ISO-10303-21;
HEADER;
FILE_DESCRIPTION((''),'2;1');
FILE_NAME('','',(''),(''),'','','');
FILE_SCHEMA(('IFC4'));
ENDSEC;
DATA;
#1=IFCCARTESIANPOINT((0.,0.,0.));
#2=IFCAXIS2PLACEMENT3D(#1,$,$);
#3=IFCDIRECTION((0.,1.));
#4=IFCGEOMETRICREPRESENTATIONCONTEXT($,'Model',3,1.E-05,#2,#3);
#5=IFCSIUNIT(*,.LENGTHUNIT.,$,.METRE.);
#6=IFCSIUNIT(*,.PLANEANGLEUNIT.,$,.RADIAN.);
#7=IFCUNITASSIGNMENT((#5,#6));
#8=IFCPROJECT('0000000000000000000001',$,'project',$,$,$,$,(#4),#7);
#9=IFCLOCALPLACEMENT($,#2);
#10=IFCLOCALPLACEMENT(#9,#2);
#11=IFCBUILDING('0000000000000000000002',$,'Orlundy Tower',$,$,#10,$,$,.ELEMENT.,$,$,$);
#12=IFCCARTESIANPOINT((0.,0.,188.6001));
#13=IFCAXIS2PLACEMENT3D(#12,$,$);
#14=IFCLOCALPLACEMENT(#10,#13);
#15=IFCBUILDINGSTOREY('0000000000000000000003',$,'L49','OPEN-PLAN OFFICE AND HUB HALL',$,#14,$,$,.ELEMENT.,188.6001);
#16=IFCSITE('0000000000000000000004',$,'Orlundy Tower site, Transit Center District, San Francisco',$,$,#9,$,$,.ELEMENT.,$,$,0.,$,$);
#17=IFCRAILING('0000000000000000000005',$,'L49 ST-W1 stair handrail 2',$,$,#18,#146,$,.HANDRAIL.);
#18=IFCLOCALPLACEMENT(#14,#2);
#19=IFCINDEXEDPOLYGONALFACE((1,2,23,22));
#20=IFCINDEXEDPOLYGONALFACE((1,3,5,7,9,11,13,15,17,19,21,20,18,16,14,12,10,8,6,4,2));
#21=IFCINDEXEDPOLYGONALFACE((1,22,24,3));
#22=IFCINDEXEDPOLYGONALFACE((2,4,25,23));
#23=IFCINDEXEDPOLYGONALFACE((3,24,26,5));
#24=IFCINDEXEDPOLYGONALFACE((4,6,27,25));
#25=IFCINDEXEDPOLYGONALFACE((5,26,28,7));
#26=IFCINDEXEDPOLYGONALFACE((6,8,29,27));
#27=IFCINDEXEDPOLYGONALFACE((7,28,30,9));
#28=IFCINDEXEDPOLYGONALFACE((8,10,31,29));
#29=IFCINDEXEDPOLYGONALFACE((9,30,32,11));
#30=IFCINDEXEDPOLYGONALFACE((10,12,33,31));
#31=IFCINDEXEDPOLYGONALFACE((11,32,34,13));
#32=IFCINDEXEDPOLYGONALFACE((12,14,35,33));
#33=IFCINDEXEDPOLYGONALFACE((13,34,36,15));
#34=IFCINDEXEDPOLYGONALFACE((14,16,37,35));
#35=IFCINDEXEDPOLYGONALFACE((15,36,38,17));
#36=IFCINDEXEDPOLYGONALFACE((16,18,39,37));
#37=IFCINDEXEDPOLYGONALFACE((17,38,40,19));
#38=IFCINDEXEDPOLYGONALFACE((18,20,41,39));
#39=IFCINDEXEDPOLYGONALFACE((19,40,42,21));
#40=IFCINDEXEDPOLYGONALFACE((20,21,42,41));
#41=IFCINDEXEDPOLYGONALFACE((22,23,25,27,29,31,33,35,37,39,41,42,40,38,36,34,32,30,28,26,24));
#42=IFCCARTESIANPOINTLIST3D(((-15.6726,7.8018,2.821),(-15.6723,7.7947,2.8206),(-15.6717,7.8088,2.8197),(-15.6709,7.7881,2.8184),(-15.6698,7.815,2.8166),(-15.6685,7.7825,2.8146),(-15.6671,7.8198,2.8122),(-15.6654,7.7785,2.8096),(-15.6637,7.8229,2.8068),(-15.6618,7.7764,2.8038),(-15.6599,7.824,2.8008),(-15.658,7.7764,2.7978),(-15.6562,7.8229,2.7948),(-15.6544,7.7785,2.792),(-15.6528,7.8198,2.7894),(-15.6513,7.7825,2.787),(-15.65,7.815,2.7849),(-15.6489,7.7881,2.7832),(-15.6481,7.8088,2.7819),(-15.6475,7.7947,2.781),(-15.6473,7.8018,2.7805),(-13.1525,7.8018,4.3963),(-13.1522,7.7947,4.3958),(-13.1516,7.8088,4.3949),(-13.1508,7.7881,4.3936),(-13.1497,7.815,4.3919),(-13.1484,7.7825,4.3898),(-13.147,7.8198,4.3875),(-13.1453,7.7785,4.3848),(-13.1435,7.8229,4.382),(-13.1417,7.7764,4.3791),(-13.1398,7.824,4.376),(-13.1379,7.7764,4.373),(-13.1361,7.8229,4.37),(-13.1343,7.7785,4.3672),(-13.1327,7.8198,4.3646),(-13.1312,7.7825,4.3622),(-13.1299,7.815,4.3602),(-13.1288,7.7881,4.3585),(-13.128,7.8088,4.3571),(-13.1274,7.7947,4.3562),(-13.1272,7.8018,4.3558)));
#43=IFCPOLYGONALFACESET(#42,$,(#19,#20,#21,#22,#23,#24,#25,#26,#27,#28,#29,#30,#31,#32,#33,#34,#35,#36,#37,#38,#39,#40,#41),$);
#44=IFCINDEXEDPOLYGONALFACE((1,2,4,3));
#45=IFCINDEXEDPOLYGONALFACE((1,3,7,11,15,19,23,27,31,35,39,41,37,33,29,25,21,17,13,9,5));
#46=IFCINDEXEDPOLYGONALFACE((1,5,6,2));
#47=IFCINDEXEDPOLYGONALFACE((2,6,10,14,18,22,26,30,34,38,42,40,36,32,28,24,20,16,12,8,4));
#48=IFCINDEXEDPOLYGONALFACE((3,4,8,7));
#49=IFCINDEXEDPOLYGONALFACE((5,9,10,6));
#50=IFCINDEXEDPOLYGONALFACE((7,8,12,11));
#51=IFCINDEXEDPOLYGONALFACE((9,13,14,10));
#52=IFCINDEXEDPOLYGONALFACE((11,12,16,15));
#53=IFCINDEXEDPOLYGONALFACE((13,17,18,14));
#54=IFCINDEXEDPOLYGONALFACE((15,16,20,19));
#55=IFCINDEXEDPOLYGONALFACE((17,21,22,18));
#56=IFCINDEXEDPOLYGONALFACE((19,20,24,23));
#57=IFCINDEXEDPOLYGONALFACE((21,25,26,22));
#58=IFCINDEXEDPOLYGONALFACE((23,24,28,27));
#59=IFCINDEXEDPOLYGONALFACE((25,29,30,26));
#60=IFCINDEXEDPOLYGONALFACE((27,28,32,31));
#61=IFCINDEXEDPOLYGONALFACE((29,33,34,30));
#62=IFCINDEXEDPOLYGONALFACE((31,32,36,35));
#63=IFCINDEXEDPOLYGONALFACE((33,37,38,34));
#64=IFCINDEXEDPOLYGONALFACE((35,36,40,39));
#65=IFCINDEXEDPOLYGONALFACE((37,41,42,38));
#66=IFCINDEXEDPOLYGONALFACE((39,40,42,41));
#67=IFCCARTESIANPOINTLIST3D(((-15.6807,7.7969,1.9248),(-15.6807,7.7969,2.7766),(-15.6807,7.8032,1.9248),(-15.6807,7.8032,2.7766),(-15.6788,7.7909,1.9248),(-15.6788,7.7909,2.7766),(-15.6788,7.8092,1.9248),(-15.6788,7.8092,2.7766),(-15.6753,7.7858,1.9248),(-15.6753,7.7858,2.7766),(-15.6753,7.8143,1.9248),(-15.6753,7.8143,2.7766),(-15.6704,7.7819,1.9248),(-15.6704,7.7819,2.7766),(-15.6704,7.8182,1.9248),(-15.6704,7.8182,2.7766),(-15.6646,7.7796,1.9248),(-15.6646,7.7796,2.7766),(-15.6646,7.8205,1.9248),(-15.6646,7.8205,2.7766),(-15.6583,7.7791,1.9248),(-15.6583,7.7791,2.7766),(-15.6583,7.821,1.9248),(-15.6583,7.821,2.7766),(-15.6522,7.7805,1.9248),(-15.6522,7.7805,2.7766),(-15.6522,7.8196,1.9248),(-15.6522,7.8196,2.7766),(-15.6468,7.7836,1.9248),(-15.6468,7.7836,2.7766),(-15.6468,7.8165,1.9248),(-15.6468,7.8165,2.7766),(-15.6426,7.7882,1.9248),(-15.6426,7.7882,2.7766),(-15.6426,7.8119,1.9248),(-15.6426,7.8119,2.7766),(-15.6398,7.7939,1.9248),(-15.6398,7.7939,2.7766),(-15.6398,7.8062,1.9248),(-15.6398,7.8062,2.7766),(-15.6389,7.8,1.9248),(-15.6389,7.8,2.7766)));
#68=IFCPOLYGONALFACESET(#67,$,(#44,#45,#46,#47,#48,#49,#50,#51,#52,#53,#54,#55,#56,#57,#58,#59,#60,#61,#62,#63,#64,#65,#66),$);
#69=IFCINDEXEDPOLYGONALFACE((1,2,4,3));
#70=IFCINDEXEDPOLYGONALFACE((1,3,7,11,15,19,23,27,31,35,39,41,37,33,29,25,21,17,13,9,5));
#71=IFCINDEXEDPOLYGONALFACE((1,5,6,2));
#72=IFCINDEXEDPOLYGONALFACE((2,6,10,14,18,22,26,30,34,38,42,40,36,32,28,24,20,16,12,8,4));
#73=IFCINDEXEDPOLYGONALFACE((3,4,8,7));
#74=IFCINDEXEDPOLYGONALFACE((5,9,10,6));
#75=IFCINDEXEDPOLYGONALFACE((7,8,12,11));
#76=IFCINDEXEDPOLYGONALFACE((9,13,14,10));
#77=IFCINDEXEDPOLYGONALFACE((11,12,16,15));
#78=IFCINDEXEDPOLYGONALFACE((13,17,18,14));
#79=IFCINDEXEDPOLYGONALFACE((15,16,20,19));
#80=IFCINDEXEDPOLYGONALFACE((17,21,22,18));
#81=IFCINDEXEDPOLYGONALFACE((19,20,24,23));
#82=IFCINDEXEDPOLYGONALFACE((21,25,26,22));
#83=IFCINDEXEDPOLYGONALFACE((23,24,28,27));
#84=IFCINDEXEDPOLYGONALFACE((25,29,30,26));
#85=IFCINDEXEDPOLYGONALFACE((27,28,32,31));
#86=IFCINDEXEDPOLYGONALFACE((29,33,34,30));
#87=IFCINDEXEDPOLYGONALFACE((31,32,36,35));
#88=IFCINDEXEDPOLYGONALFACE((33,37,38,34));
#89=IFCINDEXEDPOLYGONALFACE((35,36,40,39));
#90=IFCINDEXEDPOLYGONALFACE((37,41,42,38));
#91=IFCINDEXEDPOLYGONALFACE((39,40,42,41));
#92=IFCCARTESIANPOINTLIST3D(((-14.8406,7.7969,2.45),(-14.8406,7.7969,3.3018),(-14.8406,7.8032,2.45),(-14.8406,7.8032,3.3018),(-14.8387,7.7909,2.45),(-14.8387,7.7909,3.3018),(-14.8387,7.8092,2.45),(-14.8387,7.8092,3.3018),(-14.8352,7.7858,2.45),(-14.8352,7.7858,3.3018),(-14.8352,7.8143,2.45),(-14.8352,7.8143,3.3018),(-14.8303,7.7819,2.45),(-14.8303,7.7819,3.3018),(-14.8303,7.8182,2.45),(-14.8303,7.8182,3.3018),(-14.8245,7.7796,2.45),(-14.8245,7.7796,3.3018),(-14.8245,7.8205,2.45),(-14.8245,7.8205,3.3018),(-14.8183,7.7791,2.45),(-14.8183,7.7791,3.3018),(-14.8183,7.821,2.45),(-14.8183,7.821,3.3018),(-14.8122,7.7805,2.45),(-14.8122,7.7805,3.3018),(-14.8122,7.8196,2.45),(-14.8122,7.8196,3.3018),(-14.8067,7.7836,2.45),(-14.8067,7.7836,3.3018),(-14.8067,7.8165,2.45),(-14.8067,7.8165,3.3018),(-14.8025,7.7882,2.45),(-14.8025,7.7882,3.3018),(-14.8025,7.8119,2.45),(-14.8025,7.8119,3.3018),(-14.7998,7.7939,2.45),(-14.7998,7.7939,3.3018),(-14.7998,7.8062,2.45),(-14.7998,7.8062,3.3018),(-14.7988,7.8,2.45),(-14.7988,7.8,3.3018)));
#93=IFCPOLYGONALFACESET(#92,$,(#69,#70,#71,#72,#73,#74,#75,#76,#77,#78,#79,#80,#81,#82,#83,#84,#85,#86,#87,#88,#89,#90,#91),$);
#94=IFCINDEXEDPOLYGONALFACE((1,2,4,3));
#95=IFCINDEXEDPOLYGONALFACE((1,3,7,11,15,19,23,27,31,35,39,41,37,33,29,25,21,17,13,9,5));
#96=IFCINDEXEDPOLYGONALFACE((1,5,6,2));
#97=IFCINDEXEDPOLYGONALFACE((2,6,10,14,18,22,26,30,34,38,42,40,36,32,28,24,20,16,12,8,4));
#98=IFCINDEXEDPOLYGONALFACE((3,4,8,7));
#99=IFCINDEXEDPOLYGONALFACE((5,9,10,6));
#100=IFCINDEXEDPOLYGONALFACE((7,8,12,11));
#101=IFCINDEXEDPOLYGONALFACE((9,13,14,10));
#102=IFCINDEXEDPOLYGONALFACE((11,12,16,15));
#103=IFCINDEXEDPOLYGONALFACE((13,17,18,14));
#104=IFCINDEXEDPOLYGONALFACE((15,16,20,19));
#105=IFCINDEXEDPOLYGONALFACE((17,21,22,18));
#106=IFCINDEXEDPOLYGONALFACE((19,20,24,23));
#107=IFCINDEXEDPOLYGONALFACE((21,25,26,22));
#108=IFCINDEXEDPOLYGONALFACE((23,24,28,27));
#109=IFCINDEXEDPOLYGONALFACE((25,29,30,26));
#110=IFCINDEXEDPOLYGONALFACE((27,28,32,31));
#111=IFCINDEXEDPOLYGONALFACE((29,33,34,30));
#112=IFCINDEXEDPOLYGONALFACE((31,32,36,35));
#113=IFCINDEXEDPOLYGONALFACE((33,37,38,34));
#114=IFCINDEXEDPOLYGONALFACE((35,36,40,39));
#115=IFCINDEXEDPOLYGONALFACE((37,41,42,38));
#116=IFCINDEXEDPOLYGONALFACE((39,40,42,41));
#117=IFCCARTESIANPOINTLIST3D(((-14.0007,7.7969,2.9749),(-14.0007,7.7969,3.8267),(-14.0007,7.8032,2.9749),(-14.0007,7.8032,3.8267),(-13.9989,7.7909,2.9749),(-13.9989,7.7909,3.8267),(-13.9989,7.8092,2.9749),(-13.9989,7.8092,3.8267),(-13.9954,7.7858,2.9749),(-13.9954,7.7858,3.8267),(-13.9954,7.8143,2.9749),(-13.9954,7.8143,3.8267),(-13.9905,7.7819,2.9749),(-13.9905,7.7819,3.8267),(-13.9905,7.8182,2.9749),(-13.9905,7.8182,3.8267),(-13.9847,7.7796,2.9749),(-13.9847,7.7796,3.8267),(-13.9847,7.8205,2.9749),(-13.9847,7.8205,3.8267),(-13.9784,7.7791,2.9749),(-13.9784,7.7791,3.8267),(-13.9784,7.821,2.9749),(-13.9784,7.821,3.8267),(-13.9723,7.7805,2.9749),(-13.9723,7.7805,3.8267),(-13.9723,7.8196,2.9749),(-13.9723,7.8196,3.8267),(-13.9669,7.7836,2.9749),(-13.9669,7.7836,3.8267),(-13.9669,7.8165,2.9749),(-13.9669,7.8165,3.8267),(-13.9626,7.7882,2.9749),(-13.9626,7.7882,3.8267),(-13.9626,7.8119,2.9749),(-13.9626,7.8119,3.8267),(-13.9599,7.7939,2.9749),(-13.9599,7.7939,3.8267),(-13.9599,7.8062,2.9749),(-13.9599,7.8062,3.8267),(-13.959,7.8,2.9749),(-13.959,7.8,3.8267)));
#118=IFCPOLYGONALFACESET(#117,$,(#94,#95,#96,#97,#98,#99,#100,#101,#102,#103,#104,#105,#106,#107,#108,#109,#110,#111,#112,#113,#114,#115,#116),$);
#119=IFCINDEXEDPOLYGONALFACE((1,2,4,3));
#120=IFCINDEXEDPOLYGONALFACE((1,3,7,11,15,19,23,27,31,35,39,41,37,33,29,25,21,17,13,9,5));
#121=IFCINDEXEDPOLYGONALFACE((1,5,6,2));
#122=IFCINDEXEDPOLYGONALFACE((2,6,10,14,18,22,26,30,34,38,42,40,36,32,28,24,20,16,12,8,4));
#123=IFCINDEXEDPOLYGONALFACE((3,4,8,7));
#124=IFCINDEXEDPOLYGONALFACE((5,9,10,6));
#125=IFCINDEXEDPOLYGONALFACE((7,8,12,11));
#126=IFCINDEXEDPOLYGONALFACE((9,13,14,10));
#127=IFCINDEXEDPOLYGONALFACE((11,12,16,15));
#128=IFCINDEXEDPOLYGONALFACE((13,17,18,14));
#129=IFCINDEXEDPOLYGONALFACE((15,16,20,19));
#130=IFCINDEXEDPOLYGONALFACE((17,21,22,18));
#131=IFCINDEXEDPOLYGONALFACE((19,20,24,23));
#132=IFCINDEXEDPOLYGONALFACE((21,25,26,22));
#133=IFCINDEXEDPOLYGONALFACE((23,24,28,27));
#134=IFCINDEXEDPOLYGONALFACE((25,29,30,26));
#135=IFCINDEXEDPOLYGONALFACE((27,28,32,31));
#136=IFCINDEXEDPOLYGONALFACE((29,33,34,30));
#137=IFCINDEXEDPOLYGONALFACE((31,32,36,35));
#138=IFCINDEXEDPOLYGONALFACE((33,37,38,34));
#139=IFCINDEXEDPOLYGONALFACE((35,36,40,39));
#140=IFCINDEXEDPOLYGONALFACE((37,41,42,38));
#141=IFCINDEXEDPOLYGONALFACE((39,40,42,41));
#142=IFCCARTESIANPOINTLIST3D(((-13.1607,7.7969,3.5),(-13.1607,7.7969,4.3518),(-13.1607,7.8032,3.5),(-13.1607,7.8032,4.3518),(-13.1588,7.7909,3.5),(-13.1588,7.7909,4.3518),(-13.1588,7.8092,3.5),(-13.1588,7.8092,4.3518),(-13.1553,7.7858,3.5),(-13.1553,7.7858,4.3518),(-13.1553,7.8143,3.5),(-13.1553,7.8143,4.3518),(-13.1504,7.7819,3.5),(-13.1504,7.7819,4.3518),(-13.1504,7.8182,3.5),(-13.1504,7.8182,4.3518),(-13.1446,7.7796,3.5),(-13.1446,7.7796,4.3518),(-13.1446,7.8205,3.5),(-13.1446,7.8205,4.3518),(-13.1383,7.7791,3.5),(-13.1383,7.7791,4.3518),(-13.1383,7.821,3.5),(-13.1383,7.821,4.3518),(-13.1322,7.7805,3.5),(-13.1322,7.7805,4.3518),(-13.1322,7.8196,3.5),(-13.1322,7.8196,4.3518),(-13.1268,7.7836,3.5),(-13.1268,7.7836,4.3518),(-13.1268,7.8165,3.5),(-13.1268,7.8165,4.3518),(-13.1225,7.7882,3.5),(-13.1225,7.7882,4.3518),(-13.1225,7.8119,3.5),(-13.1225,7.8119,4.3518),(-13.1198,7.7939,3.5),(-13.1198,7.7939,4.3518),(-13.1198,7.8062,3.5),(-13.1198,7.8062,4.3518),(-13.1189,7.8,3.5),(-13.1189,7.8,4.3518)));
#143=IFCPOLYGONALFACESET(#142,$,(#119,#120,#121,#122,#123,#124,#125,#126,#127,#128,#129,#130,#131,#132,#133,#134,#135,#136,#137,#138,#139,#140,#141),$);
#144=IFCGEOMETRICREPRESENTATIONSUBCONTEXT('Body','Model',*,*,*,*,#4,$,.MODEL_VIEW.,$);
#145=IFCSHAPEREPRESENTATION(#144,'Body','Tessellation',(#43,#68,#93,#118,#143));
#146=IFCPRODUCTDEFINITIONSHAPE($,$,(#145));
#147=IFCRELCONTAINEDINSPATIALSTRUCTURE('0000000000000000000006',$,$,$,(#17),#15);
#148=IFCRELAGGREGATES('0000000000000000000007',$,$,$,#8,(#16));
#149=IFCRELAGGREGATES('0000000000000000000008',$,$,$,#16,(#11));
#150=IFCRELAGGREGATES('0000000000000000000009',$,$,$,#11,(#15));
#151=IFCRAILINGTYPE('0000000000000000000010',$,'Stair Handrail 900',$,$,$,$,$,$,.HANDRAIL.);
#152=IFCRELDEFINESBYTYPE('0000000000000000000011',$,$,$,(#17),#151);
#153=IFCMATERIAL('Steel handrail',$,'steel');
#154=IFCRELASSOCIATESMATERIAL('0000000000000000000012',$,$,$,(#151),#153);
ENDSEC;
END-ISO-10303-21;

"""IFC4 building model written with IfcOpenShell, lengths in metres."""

from ifc_helpers import new_model, si_unit, direction, frame, origin, origin_2d, place, context, subcontext, project, spatial, circle, extrude, material, type_object, element, save


model = new_model("IFC4")

# Units and contexts
model_context = context("Model", 3, precision=1e-05, world=origin(), true_north=direction((0.0, 1.0)))
body_context = subcontext(model_context, "Body", "Model", "MODEL_VIEW")
ifc_project = project(units=[si_unit("LENGTHUNIT", "METRE"), si_unit("PLANEANGLEUNIT", "RADIAN")], contexts=[model_context])

# Site, building, storey
site_placement = place(None, origin())
site = spatial("IfcSite", under=ifc_project, at=site_placement, Name="Orlundy Tower site, Transit Center District, San Francisco", CompositionType="ELEMENT", RefElevation=0.0)
building_placement = place(site_placement, origin())
building = spatial("IfcBuilding", under=site, at=building_placement, Name="Orlundy Tower", CompositionType="ELEMENT")
storey_placement = place(building_placement, frame((0.0, 0.0, 188.6001)))
storey = spatial("IfcBuildingStorey", under=building, at=storey_placement, Name="L49", Description="OPEN-PLAN OFFICE AND HUB HALL", CompositionType="ELEMENT", Elevation=188.6001)

# Railing
ifc_material_1 = material(Name="Steel handrail", Category="steel")
railing_type_1 = type_object("IfcRailingType", Name="Stair Handrail 900", PredefinedType="HANDRAIL", material=ifc_material_1)
railing_1_placement = place(storey_placement, frame((-15.6599, 7.8, 1.9248)))
element("IfcRailing", 1, at=railing_1_placement, inside=storey, type_object=railing_type_1, Name="L49 ST-W1 stair handrail 2", PredefinedType="HANDRAIL", context=body_context, shape_type="SweptSolid", body=[
    extrude(circle(Radius=0.0239, at=origin_2d()), frame((0.0, 0.0, 0.876), z_axis=(0.847971, 0.0, 0.530043), x_axis=(0.0, 1.0, 0.0)), (0.0, 0.0, 1.0), 2.9719),
    extrude(circle(Radius=0.021, at=origin_2d()), origin(), (0.0, 0.0, 1.0), 0.8518),
    extrude(circle(Radius=0.021, at=origin_2d()), frame((0.8401, 0.0, 0.5251)), (0.0, 0.0, 1.0), 0.8518),
    extrude(circle(Radius=0.021, at=origin_2d()), frame((1.6799, 0.0, 1.05)), (0.0, 0.0, 1.0), 0.8518),
    extrude(circle(Radius=0.021, at=origin_2d()), frame((2.52, 0.0, 1.5752)), (0.0, 0.0, 1.0), 0.8518),
])

save(model, "model.ifc")
